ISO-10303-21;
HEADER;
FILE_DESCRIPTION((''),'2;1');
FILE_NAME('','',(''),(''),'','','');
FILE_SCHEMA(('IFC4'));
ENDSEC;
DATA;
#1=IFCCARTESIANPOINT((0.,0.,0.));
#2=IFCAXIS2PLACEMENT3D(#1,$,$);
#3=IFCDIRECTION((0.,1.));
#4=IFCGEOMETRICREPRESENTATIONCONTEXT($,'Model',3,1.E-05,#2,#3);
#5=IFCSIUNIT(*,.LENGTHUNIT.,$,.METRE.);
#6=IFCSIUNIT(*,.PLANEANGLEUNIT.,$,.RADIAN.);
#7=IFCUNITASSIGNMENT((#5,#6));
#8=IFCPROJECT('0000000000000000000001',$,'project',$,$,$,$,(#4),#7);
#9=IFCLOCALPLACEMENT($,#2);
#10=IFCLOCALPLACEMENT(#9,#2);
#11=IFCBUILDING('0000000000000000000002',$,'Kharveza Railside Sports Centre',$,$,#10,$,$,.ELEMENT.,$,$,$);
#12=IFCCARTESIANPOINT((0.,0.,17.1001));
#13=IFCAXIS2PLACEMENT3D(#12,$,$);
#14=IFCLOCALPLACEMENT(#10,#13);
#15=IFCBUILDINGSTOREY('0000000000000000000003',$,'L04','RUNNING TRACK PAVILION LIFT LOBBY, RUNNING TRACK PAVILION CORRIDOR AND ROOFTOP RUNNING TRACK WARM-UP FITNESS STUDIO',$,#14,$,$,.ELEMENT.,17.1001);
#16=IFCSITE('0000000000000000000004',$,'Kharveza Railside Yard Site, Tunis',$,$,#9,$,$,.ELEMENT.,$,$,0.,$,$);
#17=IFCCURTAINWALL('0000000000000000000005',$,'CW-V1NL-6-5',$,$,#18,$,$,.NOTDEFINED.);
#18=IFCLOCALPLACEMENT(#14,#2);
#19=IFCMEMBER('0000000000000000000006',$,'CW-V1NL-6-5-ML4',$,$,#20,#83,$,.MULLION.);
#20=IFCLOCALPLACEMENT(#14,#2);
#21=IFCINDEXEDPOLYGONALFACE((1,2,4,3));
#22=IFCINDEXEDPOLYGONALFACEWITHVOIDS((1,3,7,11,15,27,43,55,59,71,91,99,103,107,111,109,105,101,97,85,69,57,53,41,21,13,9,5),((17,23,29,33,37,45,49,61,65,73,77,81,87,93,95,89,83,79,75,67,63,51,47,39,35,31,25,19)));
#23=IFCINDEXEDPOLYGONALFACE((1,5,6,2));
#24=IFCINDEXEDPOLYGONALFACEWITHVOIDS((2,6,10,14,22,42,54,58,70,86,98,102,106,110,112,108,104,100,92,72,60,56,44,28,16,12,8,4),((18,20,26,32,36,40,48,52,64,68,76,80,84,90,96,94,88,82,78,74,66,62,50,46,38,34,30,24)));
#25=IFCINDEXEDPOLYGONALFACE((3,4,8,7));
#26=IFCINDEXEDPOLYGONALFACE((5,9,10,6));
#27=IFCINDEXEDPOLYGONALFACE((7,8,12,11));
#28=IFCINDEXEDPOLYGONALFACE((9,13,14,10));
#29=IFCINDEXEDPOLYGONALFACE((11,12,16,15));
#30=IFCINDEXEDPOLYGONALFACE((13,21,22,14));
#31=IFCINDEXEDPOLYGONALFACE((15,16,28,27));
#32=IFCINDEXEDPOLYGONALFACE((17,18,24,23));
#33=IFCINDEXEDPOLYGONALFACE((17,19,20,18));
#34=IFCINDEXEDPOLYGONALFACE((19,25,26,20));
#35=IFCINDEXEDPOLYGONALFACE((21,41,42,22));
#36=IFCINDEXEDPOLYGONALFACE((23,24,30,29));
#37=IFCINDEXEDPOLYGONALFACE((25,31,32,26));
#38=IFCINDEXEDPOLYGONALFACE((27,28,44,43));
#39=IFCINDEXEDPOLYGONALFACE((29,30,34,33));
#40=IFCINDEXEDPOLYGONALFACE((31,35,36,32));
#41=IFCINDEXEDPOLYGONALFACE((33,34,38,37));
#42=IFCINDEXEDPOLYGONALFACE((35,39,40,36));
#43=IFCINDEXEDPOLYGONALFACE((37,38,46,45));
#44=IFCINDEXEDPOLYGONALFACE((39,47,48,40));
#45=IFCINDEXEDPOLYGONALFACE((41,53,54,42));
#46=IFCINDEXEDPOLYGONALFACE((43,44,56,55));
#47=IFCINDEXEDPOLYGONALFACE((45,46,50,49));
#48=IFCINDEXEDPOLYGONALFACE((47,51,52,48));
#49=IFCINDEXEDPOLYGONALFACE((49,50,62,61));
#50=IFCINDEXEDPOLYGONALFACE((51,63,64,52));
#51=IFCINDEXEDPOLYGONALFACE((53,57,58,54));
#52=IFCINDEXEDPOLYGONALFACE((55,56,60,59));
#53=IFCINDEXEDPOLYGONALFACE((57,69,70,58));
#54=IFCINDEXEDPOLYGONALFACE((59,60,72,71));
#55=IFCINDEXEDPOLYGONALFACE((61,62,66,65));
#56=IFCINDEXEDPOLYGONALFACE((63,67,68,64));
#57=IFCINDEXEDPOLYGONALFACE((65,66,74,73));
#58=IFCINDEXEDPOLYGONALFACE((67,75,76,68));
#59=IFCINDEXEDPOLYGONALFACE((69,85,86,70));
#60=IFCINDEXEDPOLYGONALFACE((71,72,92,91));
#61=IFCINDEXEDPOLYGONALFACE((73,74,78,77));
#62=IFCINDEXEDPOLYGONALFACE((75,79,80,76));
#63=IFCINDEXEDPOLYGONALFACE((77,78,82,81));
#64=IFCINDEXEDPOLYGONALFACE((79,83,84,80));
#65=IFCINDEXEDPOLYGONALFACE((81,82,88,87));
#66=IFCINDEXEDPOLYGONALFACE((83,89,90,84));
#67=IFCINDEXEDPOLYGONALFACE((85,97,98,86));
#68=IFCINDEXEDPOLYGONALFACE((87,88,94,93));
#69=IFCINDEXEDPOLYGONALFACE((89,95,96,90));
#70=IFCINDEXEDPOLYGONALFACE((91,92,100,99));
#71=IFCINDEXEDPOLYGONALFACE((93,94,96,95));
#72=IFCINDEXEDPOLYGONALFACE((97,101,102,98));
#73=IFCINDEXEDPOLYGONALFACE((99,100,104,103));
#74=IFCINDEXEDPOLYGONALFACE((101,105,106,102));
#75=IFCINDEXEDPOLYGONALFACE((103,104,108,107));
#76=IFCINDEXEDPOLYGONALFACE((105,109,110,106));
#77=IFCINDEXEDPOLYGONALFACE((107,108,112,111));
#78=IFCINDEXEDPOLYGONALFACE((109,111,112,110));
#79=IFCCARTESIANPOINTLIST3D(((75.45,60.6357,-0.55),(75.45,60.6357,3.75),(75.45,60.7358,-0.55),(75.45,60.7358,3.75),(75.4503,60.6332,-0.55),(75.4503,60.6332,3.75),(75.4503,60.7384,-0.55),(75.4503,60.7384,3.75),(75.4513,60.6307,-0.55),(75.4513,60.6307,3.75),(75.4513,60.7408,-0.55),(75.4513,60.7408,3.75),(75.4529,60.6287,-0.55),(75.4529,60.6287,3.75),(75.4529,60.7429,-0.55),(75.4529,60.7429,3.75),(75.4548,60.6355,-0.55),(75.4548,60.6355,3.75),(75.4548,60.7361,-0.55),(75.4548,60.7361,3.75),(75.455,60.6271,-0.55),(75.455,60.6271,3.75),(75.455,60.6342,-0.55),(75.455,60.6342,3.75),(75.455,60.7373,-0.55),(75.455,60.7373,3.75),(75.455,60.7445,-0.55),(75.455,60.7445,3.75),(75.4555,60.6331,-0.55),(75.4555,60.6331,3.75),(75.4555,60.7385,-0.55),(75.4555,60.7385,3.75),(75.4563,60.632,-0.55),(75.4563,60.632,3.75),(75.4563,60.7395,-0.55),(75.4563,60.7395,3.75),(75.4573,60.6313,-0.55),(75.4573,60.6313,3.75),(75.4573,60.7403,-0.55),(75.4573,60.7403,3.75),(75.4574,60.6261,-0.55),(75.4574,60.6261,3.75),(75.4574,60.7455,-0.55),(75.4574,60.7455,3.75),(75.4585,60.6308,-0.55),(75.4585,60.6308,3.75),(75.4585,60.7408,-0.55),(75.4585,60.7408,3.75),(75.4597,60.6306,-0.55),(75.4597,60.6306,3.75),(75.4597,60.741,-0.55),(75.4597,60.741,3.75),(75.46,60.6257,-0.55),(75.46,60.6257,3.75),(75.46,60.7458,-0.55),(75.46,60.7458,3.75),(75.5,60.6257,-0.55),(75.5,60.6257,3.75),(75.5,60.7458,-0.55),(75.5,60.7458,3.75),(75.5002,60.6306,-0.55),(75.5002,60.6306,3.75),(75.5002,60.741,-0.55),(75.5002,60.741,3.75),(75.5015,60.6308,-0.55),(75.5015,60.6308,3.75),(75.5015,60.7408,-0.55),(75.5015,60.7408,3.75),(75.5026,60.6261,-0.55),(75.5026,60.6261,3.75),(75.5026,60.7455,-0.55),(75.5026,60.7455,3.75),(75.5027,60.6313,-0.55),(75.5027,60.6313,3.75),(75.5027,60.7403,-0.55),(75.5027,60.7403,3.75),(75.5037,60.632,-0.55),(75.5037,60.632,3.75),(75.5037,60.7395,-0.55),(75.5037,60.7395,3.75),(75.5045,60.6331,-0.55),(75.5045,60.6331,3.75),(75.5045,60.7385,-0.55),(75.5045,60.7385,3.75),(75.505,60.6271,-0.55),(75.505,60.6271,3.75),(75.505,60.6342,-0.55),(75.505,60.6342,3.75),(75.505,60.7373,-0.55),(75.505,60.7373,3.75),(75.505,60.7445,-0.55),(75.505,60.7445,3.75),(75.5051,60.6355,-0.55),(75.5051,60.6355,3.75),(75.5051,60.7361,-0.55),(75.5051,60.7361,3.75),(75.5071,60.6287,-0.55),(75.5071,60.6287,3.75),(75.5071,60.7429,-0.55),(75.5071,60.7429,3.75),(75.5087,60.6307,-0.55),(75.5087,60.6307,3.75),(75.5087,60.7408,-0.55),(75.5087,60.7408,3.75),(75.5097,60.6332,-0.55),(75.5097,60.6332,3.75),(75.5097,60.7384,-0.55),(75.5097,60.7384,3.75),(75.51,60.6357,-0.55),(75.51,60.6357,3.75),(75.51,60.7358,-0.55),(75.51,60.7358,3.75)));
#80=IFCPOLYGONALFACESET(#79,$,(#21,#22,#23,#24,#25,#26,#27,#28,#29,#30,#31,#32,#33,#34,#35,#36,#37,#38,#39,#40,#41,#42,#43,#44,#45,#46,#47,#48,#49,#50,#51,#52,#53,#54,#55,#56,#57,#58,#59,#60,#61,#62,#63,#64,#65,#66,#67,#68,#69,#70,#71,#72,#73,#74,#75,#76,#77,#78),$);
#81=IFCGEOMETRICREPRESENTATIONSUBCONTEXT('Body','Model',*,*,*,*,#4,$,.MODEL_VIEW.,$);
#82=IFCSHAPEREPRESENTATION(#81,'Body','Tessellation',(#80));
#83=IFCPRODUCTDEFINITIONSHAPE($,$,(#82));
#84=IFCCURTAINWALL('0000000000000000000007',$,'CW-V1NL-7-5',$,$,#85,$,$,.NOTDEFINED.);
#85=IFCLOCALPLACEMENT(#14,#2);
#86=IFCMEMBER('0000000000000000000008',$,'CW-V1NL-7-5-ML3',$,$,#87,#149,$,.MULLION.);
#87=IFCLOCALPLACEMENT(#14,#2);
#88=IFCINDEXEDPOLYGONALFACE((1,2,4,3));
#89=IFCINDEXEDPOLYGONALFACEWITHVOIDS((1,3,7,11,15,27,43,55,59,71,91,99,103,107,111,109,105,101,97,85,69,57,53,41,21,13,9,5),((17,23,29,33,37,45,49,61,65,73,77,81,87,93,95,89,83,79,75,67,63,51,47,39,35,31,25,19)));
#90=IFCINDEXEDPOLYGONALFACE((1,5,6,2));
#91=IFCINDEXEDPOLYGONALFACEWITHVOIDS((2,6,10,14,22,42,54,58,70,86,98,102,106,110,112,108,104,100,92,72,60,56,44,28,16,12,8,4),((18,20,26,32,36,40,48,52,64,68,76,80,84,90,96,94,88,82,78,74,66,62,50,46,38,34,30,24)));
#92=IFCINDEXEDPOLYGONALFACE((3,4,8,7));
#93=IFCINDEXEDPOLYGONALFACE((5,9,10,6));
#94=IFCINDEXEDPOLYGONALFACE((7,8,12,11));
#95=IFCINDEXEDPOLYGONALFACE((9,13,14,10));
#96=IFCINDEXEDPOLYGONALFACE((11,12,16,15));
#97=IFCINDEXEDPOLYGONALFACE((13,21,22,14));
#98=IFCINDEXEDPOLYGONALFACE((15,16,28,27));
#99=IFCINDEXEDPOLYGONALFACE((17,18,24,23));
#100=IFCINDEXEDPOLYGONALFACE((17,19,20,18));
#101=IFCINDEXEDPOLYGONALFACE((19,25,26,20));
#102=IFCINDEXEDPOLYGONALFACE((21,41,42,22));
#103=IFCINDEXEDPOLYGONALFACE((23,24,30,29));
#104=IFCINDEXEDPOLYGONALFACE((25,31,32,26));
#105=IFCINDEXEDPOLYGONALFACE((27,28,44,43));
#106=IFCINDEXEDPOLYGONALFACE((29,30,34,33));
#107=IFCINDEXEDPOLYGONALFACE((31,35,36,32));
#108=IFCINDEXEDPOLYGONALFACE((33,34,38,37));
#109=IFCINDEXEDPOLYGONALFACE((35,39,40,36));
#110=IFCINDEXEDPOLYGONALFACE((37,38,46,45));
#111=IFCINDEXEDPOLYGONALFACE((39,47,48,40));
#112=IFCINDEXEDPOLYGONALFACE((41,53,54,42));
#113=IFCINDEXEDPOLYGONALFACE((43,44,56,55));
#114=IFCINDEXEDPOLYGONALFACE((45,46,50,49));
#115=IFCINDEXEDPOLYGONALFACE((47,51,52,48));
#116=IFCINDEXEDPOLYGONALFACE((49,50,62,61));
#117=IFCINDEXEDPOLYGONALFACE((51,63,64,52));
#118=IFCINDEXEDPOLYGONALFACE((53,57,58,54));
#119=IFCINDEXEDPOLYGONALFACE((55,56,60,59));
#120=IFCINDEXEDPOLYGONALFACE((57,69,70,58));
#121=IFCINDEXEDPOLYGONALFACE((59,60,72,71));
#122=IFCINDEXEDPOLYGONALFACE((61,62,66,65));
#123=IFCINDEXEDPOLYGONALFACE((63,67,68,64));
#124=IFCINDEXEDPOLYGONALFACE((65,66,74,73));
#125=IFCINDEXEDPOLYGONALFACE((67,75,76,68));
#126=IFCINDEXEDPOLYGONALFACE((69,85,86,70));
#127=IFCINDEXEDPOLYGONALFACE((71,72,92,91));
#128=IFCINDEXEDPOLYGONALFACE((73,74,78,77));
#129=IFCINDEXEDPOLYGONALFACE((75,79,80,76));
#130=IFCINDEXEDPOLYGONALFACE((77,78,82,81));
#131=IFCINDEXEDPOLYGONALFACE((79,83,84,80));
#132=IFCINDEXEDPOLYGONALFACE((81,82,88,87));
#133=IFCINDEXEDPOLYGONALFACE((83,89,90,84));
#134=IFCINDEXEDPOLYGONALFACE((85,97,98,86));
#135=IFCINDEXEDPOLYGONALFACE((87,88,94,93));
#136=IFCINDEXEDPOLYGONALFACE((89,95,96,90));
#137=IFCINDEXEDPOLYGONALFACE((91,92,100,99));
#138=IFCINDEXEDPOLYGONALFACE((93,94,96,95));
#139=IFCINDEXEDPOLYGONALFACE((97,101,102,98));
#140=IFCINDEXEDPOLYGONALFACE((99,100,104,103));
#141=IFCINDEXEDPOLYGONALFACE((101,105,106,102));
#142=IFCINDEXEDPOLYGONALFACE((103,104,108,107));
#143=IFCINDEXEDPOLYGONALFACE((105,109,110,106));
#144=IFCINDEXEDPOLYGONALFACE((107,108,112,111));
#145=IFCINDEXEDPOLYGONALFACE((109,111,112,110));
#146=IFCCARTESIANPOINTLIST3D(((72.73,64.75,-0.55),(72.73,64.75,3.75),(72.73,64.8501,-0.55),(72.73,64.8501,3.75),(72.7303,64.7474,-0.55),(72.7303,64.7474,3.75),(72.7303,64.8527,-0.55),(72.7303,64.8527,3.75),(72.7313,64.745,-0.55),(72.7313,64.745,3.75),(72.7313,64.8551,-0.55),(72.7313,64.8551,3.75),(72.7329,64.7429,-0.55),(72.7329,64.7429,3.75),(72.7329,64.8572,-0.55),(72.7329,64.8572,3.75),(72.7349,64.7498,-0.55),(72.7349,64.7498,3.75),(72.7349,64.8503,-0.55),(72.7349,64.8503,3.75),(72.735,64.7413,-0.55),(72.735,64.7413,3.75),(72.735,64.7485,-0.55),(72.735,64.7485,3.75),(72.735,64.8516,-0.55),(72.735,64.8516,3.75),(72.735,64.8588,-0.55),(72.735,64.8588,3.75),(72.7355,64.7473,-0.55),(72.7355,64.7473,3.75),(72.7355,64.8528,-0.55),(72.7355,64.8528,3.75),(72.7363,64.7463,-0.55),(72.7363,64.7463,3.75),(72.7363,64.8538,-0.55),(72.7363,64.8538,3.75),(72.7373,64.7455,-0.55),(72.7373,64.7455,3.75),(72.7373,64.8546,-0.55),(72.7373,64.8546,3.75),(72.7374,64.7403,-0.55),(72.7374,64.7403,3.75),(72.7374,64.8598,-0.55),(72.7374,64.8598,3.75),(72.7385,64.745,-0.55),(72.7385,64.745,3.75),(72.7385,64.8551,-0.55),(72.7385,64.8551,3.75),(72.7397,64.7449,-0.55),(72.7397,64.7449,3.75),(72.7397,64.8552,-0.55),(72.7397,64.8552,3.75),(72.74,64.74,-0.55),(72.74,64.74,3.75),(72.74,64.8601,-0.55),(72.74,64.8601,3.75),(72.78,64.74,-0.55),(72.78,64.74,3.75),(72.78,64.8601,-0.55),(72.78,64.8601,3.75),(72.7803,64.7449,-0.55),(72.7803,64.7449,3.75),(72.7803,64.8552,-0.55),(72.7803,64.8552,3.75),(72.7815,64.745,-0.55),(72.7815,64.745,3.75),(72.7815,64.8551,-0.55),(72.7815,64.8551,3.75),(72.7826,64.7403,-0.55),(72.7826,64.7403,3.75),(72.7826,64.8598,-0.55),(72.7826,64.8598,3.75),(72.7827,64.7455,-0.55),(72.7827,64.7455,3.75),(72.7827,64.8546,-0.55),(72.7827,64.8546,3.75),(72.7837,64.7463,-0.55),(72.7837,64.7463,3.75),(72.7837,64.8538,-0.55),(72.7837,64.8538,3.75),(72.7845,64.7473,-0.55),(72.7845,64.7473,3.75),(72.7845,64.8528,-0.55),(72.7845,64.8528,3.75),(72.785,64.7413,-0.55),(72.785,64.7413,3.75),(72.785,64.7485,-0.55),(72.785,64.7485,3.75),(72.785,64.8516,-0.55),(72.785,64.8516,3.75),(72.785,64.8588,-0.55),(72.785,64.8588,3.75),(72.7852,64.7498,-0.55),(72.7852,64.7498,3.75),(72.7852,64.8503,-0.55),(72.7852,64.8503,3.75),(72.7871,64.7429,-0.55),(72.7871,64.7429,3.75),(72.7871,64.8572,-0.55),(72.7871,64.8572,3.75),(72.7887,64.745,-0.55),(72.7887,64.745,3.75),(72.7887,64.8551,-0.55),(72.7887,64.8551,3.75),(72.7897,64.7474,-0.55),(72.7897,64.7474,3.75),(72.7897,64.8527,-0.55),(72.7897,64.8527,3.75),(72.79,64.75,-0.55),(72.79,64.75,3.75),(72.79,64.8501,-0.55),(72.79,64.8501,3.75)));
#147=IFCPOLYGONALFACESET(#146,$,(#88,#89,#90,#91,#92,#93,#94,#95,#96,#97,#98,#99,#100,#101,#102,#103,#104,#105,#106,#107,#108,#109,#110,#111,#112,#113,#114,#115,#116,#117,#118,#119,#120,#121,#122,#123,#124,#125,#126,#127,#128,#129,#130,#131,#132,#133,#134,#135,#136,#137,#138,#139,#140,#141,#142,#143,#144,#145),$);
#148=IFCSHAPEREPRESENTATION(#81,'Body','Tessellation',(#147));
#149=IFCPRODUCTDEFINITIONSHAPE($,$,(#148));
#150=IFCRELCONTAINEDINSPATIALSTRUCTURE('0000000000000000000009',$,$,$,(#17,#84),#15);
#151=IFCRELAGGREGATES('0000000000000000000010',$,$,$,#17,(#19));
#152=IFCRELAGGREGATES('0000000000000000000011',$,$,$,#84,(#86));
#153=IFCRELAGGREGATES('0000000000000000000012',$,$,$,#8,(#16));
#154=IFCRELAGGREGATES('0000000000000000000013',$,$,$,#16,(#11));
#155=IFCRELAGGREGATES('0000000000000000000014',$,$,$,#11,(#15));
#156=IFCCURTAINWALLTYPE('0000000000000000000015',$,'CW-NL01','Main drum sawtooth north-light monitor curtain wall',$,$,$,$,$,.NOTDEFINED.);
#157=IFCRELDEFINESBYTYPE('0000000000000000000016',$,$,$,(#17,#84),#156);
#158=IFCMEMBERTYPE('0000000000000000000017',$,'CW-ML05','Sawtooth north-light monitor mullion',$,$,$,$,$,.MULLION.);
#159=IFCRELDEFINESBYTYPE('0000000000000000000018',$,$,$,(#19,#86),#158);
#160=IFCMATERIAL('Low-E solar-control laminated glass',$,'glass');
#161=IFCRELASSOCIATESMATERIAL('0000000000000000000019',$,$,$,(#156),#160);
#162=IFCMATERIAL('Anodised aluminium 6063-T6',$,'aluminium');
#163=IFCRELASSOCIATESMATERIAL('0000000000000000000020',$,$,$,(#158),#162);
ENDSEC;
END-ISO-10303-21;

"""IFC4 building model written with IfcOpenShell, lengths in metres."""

from ifc_helpers import new_model, si_unit, direction, frame, origin, origin_2d, place, context, subcontext, project, spatial, hollow_rectangle, extrude, material, material_profile, profile_set, type_object, element, aggregate, save


model = new_model("IFC4")

# Units and contexts
model_context = context("Model", 3, precision=1e-05, world=origin(), true_north=direction((0.0, 1.0)))
body_context = subcontext(model_context, "Body", "Model", "MODEL_VIEW")
ifc_project = project(units=[si_unit("LENGTHUNIT", "METRE"), si_unit("PLANEANGLEUNIT", "RADIAN")], contexts=[model_context])

# Site, building, storey
site_placement = place(None, origin())
site = spatial("IfcSite", under=ifc_project, at=site_placement, Name="Kharveza Railside Yard Site, Tunis", CompositionType="ELEMENT", RefElevation=0.0)
building_placement = place(site_placement, origin())
building = spatial("IfcBuilding", under=site, at=building_placement, Name="Kharveza Railside Sports Centre", CompositionType="ELEMENT")
storey_placement = place(building_placement, frame((0.0, 0.0, 17.1001)))
storey = spatial("IfcBuildingStorey", under=building, at=storey_placement, Name="L04", Description="RUNNING TRACK PAVILION LIFT LOBBY, RUNNING TRACK PAVILION CORRIDOR AND ROOFTOP RUNNING TRACK WARM-UP FITNESS STUDIO", CompositionType="ELEMENT", Elevation=17.1001)

# Shared definitions
ifc_material_1 = material(Name="Low-E solar-control laminated glass", Category="glass")
curtain_wall_type = type_object("IfcCurtainWallType", Name="CW-NL01", Description="Main drum sawtooth north-light monitor curtain wall", PredefinedType="NOTDEFINED", material=ifc_material_1)
ifc_material_2 = material(Name="Anodised aluminium 6063-T6", Category="aluminium")
ifc_material_profile_1 = material_profile(ifc_material_2, hollow_rectangle(XDim=0.0601, YDim=0.1201, WallThickness=0.0049, InnerFilletRadius=0.0049, OuterFilletRadius=0.01, at=origin_2d()), Name="RHS 60x120x5.0")
ifc_profile_set_1 = profile_set([ifc_material_profile_1], Name="Anodised aluminium 6063-T6")
member_type_1 = type_object("IfcMemberType", Name="CW-ML05", Description="Sawtooth north-light monitor mullion", PredefinedType="MULLION", material=ifc_profile_set_1)

# Curtain walls, members
curtain_wall_1_placement = place(storey_placement, origin())
curtain_wall_1 = element("IfcCurtainWall", 1, at=curtain_wall_1_placement, inside=storey, type_object=curtain_wall_type, Name="CW-V1NL-6-5", PredefinedType="NOTDEFINED")
member_1_placement = place(storey_placement, frame((75.48, 60.6858, -0.55), z_axis=(0.0, 0.0, 1.0), x_axis=(1.0, 0.0, 0.0)))
member_1 = element("IfcMember", 2, at=member_1_placement, type_object=member_type_1, Name="CW-V1NL-6-5-ML4", PredefinedType="MULLION", context=body_context, shape_type="SweptSolid", body=[
    extrude(hollow_rectangle(XDim=0.0601, YDim=0.1201, WallThickness=0.0049, InnerFilletRadius=0.0049, OuterFilletRadius=0.01, at=origin_2d()), origin(), (0.0, 0.0, 1.0), 4.3),
])
curtain_wall_2_placement = place(storey_placement, origin())
curtain_wall_2 = element("IfcCurtainWall", 3, at=curtain_wall_2_placement, inside=storey, type_object=curtain_wall_type, Name="CW-V1NL-7-5", PredefinedType="NOTDEFINED")
member_2_placement = place(storey_placement, frame((72.76, 64.8, -0.55), z_axis=(0.0, 0.0, 1.0), x_axis=(1.0, 0.0, 0.0)))
member_2 = element("IfcMember", 4, at=member_2_placement, type_object=member_type_1, Name="CW-V1NL-7-5-ML3", PredefinedType="MULLION", context=body_context, shape_type="SweptSolid", body=[
    extrude(hollow_rectangle(XDim=0.0601, YDim=0.1201, WallThickness=0.0049, InnerFilletRadius=0.0049, OuterFilletRadius=0.01, at=origin_2d()), origin(), (0.0, 0.0, 1.0), 4.3),
])

aggregate(curtain_wall_1, [member_1])
aggregate(curtain_wall_2, [member_2])

save(model, "model.ifc")
